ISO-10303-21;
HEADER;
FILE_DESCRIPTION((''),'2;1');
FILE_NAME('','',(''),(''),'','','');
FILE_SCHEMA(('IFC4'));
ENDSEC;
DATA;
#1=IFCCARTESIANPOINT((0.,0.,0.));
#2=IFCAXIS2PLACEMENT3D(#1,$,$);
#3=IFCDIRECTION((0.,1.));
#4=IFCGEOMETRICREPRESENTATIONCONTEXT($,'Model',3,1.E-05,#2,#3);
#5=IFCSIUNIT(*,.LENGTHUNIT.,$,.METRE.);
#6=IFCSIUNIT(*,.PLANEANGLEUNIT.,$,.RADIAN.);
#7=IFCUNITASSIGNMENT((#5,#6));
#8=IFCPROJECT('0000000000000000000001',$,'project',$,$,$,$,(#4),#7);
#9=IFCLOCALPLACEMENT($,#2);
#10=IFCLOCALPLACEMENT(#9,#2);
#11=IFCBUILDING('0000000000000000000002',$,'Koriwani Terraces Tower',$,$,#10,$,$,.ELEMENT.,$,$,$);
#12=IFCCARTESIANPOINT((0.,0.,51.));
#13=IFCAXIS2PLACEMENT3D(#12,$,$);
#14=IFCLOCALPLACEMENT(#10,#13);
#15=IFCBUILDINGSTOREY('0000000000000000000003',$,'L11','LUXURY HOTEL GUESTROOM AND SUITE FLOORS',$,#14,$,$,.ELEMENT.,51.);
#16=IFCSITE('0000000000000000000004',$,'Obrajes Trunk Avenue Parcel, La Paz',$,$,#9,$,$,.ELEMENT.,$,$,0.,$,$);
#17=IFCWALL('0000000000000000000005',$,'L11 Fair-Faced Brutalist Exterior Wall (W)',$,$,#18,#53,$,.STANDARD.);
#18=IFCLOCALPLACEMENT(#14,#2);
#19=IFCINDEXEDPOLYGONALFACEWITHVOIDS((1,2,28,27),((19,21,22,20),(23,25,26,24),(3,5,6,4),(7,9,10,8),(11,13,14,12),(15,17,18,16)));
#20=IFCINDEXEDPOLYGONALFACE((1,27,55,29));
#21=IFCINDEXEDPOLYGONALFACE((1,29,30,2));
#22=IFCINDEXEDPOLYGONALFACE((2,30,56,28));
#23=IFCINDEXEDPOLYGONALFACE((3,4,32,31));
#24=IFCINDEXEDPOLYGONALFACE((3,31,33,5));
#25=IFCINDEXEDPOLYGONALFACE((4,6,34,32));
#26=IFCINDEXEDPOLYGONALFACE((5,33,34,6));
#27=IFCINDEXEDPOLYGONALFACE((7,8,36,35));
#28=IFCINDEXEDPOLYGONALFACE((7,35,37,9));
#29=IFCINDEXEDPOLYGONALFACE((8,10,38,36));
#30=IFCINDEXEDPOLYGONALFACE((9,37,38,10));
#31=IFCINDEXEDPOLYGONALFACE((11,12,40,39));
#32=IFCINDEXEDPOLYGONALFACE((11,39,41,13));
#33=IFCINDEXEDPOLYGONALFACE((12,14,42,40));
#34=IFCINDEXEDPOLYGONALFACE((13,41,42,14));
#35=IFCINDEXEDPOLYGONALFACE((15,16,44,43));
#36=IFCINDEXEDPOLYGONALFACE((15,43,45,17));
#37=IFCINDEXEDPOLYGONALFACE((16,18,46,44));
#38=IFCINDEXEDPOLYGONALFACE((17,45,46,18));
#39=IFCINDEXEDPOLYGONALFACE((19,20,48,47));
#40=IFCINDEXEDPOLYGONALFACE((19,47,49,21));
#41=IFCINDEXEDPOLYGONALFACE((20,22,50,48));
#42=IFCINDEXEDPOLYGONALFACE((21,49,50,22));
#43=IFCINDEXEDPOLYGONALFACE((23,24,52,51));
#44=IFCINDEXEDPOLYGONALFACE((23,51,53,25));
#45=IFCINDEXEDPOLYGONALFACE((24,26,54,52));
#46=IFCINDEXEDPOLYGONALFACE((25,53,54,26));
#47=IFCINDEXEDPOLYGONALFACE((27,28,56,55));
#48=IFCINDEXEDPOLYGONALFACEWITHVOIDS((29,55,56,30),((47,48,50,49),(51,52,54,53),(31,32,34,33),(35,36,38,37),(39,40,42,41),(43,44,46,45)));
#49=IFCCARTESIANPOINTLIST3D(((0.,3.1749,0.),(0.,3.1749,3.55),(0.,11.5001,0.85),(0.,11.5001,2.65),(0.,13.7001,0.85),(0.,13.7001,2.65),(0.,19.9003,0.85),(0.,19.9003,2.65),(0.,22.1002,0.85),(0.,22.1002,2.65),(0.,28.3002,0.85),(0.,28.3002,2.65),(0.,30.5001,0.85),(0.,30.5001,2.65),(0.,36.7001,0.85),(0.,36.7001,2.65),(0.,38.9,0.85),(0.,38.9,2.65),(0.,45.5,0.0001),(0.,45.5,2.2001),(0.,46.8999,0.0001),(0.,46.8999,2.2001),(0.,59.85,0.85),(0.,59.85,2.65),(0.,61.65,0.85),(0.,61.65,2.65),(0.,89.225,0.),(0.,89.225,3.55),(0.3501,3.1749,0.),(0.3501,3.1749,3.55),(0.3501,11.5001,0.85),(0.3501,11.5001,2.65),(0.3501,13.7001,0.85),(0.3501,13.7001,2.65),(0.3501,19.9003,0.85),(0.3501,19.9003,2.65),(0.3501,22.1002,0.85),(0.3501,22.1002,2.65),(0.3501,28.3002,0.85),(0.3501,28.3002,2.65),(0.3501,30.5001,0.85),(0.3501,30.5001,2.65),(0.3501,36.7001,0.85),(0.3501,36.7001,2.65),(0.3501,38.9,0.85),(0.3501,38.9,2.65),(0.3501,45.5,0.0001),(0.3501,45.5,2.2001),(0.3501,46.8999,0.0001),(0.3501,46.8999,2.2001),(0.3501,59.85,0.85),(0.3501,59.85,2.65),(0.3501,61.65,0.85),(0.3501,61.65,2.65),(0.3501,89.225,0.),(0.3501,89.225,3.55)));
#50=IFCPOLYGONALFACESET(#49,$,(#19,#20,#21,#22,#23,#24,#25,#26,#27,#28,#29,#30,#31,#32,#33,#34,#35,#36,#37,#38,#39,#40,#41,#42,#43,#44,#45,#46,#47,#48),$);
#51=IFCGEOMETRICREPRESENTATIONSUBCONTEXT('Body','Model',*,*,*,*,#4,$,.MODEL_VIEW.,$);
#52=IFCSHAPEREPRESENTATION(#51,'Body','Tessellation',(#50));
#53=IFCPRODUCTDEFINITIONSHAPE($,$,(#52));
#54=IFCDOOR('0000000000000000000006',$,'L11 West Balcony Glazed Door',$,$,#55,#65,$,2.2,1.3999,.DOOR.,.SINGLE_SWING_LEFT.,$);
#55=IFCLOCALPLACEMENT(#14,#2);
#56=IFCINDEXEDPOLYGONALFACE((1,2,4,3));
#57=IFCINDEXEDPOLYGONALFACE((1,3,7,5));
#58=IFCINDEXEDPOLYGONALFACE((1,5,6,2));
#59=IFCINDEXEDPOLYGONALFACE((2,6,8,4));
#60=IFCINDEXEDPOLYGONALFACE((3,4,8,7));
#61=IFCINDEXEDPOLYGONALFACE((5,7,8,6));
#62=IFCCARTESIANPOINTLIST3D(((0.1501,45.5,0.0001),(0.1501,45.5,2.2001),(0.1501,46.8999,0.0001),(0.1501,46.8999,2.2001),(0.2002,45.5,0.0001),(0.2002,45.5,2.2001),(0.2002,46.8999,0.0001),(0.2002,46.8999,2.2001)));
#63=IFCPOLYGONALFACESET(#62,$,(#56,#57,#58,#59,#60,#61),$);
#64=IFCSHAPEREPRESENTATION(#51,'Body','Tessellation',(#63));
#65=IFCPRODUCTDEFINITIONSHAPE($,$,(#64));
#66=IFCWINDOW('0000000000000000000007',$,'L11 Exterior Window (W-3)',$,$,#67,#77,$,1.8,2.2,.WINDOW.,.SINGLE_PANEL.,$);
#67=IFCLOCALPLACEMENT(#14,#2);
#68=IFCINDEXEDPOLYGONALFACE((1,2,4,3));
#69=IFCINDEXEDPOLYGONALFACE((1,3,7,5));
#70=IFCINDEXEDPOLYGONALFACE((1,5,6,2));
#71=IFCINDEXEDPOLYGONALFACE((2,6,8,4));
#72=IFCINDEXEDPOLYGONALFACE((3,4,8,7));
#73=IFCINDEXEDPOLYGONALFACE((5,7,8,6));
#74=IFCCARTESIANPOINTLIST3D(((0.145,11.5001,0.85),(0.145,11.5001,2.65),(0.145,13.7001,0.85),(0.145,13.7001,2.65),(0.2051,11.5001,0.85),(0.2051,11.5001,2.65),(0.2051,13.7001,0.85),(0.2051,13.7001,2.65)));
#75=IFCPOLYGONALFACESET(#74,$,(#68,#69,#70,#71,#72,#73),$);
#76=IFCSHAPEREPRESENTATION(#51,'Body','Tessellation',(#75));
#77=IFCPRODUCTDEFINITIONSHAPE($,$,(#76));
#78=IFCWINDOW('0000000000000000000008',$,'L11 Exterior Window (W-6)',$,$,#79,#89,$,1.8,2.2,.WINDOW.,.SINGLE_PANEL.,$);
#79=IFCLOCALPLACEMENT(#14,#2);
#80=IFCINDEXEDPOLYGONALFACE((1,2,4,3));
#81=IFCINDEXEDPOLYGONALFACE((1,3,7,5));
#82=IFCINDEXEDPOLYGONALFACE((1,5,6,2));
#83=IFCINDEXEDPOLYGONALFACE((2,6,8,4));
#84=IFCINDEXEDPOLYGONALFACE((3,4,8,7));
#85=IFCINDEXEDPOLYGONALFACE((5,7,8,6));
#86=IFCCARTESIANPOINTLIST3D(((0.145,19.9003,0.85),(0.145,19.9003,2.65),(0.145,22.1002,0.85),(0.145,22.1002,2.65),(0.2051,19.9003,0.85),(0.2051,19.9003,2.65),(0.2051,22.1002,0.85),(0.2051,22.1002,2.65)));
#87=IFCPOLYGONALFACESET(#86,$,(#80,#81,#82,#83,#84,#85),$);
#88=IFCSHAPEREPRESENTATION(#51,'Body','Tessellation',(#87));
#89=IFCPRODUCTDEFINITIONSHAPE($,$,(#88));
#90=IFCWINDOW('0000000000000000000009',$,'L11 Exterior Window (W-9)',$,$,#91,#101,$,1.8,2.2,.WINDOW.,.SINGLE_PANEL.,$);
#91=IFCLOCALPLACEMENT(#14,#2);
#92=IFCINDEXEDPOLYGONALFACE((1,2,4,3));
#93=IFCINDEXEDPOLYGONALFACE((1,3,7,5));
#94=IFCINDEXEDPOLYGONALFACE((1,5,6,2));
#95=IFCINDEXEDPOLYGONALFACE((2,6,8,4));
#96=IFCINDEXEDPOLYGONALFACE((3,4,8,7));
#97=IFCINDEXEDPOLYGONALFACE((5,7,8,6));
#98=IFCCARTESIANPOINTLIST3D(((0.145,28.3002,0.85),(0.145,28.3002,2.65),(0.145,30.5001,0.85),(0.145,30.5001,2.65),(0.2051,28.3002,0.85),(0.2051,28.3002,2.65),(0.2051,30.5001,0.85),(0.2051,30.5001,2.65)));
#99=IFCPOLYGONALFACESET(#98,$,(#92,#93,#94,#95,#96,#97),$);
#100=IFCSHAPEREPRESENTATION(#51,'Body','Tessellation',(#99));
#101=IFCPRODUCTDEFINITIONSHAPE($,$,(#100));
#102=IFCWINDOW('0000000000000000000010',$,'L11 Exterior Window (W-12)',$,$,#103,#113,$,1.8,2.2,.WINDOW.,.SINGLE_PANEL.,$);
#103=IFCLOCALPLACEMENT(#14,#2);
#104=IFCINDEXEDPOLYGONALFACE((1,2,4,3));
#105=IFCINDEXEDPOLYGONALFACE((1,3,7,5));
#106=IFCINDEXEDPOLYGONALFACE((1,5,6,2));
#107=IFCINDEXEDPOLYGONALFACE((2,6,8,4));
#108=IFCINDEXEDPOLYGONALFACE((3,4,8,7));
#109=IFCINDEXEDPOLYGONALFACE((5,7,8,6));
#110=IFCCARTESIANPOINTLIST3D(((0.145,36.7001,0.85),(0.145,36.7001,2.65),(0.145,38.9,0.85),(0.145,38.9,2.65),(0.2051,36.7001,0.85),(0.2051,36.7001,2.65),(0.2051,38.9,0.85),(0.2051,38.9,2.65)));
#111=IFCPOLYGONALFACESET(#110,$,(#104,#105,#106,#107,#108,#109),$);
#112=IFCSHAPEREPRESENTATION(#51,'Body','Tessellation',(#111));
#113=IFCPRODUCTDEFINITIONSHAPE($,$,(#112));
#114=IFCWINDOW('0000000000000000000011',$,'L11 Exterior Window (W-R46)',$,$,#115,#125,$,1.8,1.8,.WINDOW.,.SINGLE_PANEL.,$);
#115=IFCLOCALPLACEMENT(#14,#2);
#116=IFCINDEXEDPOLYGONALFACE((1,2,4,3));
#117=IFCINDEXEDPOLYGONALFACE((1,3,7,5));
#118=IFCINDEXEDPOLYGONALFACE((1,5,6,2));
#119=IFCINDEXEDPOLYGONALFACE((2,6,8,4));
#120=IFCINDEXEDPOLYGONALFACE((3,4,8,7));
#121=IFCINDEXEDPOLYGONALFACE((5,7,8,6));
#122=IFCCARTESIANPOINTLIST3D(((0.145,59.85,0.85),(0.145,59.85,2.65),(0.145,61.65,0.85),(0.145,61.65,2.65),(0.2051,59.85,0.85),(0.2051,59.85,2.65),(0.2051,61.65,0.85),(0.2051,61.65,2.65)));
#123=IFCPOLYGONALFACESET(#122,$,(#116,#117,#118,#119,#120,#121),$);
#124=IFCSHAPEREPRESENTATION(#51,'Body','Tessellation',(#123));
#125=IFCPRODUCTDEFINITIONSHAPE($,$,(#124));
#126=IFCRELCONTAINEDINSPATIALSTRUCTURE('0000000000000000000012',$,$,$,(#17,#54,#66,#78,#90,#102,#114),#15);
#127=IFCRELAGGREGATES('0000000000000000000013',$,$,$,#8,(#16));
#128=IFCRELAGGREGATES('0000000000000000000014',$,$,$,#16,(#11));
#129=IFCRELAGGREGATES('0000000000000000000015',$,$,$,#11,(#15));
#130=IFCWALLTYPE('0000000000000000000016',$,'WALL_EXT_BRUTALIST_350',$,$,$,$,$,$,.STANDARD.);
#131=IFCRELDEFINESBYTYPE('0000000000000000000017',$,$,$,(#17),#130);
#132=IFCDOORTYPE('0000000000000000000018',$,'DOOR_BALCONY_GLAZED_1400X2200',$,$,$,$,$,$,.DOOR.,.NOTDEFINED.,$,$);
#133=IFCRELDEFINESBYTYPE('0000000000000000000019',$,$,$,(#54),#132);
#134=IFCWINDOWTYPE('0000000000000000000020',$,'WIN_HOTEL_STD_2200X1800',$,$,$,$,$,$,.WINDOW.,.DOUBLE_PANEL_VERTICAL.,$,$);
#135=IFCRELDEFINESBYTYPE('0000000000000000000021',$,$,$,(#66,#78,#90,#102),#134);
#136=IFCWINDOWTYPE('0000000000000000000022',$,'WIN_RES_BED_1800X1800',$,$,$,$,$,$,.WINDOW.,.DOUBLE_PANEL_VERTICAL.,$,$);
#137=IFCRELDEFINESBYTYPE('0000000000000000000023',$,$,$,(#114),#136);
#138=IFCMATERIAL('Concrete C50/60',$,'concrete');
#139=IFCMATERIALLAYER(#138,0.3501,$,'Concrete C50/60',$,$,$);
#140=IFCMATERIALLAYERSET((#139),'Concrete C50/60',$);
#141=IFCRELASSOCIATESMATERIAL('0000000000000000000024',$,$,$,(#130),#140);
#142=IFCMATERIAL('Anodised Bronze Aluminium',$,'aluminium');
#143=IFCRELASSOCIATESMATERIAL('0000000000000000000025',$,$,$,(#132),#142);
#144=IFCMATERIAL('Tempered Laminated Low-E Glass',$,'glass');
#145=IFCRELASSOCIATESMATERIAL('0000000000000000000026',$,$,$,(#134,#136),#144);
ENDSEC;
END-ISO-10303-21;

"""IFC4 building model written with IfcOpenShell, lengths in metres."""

from ifc_helpers import new_model, si_unit, direction, frame, frame_2d, origin, place, context, subcontext, project, spatial, rectangle, extrude, material, layer, layer_set, type_object, element, fill, save


model = new_model("IFC4")

# Units and contexts
model_context = context("Model", 3, precision=1e-05, world=origin(), true_north=direction((0.0, 1.0)))
body_context = subcontext(model_context, "Body", "Model", "MODEL_VIEW")
ifc_project = project(units=[si_unit("LENGTHUNIT", "METRE"), si_unit("PLANEANGLEUNIT", "RADIAN")], contexts=[model_context])

# Site, building, storey
site_placement = place(None, origin())
site = spatial("IfcSite", under=ifc_project, at=site_placement, Name="Obrajes Trunk Avenue Parcel, La Paz", CompositionType="ELEMENT", RefElevation=0.0)
building_placement = place(site_placement, origin())
building = spatial("IfcBuilding", under=site, at=building_placement, Name="Koriwani Terraces Tower", CompositionType="ELEMENT")
storey_placement = place(building_placement, frame((0.0, 0.0, 51.0)))
storey = spatial("IfcBuildingStorey", under=building, at=storey_placement, Name="L11", Description="LUXURY HOTEL GUESTROOM AND SUITE FLOORS", CompositionType="ELEMENT", Elevation=51.0)

# Shared definitions
ifc_material_1 = material(Name="Concrete C50/60", Category="concrete")

# Shared definitions
ifc_layer_1 = layer(ifc_material_1, 0.3501, Name="Concrete C50/60")
ifc_layer_set_1 = layer_set([ifc_layer_1], Name="Concrete C50/60")
wall_type = type_object("IfcWallType", Name="WALL_EXT_BRUTALIST_350", PredefinedType="STANDARD", material=ifc_layer_set_1)

# Wall, openings, door, windows
wall_1_placement = place(storey_placement, frame((0.175, 3.175, 0.0), z_axis=(0.0, 0.0, 1.0), x_axis=(0.0, 1.0, 0.0)))
wall_1 = element("IfcWall", 1, at=wall_1_placement, inside=storey, type_object=wall_type, Name="L11 Fair-Faced Brutalist Exterior Wall (W)", PredefinedType="STANDARD", context=body_context, shape_type="SweptSolid", body=[
    extrude(rectangle(XDim=86.05, YDim=0.3501, at=frame_2d((43.0249, 0.0))), origin(), (0.0, 0.0, 1.0), 3.55),
])
opening_1_placement = place(wall_1_placement, frame((42.325, 0.0, 0.0)))
opening_1 = element("IfcOpeningElement", 2, at=opening_1_placement, cuts=wall_1, PredefinedType="OPENING", context=body_context, shape_type="SweptSolid", body=[
    extrude(rectangle(XDim=1.3999, YDim=2.2, at=frame_2d((0.7, 1.1001))), frame((0.0, 0.1851, 0.0), z_axis=(0.0, -1.0, 0.0), x_axis=(1.0, 0.0, 0.0)), (0.0, 0.0, 1.0), 0.3701),
])
opening_2_placement = place(wall_1_placement, frame((8.325, 0.0, 0.8501)))
opening_2 = element("IfcOpeningElement", 3, at=opening_2_placement, cuts=wall_1, PredefinedType="OPENING", context=body_context, shape_type="SweptSolid", body=[
    extrude(rectangle(XDim=2.2, YDim=1.8, at=frame_2d((1.1001, 0.8999))), frame((0.0, 0.1851, 0.0), z_axis=(0.0, -1.0, 0.0), x_axis=(1.0, 0.0, 0.0)), (0.0, 0.0, 1.0), 0.3701),
])
opening_3_placement = place(wall_1_placement, frame((16.7251, 0.0, 0.8501)))
opening_3 = element("IfcOpeningElement", 4, at=opening_3_placement, cuts=wall_1, PredefinedType="OPENING", context=body_context, shape_type="SweptSolid", body=[
    extrude(rectangle(XDim=2.2, YDim=1.8, at=frame_2d((1.1001, 0.8999))), frame((0.0, 0.1851, 0.0), z_axis=(0.0, -1.0, 0.0), x_axis=(1.0, 0.0, 0.0)), (0.0, 0.0, 1.0), 0.3701),
])
opening_4_placement = place(wall_1_placement, frame((25.125, 0.0, 0.8501)))
opening_4 = element("IfcOpeningElement", 5, at=opening_4_placement, cuts=wall_1, PredefinedType="OPENING", context=body_context, shape_type="SweptSolid", body=[
    extrude(rectangle(XDim=2.2, YDim=1.8, at=frame_2d((1.1001, 0.8999))), frame((0.0, 0.1851, 0.0), z_axis=(0.0, -1.0, 0.0), x_axis=(1.0, 0.0, 0.0)), (0.0, 0.0, 1.0), 0.3701),
])
opening_5_placement = place(wall_1_placement, frame((33.5249, 0.0, 0.8501)))
opening_5 = element("IfcOpeningElement", 6, at=opening_5_placement, cuts=wall_1, PredefinedType="OPENING", context=body_context, shape_type="SweptSolid", body=[
    extrude(rectangle(XDim=2.2, YDim=1.8, at=frame_2d((1.1001, 0.8999))), frame((0.0, 0.1851, 0.0), z_axis=(0.0, -1.0, 0.0), x_axis=(1.0, 0.0, 0.0)), (0.0, 0.0, 1.0), 0.3701),
])
opening_6_placement = place(wall_1_placement, frame((56.675, 0.0, 0.8501)))
opening_6 = element("IfcOpeningElement", 7, at=opening_6_placement, cuts=wall_1, PredefinedType="OPENING", context=body_context, shape_type="SweptSolid", body=[
    extrude(rectangle(XDim=1.8, YDim=1.8, at=frame_2d((0.8999, 0.8999))), frame((0.0, 0.1851, 0.0), z_axis=(0.0, -1.0, 0.0), x_axis=(1.0, 0.0, 0.0)), (0.0, 0.0, 1.0), 0.3701),
])
ifc_material_2 = material(Name="Anodised Bronze Aluminium", Category="aluminium")
door_type = type_object("IfcDoorType", Name="DOOR_BALCONY_GLAZED_1400X2200", OperationType="NOTDEFINED", PredefinedType="DOOR", material=ifc_material_2)
door_placement = place(opening_1_placement, origin())
door = element("IfcDoor", 8, at=door_placement, inside=storey, type_object=door_type, Name="L11 West Balcony Glazed Door", OperationType="SINGLE_SWING_LEFT", OverallHeight=2.2, OverallWidth=1.3999, PredefinedType="DOOR", context=body_context, shape_type="SweptSolid", body=[
    extrude(rectangle(XDim=1.3999, YDim=2.2, at=frame_2d((0.7, 1.1001))), frame((0.0, 0.0249, 0.0), z_axis=(0.0, -1.0, 0.0), x_axis=(1.0, 0.0, 0.0)), (0.0, 0.0, 1.0), 0.05),
])
fill(opening_1, door)
ifc_material_3 = material(Name="Tempered Laminated Low-E Glass", Category="glass")
window_type_1 = type_object("IfcWindowType", Name="WIN_HOTEL_STD_2200X1800", PartitioningType="DOUBLE_PANEL_VERTICAL", PredefinedType="WINDOW", material=ifc_material_3)
window_1_placement = place(opening_2_placement, origin())
window_1 = element("IfcWindow", 9, at=window_1_placement, inside=storey, type_object=window_type_1, Name="L11 Exterior Window (W-3)", OverallHeight=1.8, OverallWidth=2.2, PartitioningType="SINGLE_PANEL", PredefinedType="WINDOW", context=body_context, shape_type="SweptSolid", body=[
    extrude(rectangle(XDim=2.2, YDim=1.8, at=frame_2d((1.1001, 0.8999))), frame((0.0, 0.03, 0.0), z_axis=(0.0, -1.0, 0.0), x_axis=(1.0, 0.0, 0.0)), (0.0, 0.0, 1.0), 0.0601),
])
fill(opening_2, window_1)
window_2_placement = place(opening_3_placement, origin())
window_2 = element("IfcWindow", 10, at=window_2_placement, inside=storey, type_object=window_type_1, Name="L11 Exterior Window (W-6)", OverallHeight=1.8, OverallWidth=2.2, PartitioningType="SINGLE_PANEL", PredefinedType="WINDOW", context=body_context, shape_type="SweptSolid", body=[
    extrude(rectangle(XDim=2.2, YDim=1.8, at=frame_2d((1.1001, 0.8999))), frame((0.0, 0.03, 0.0), z_axis=(0.0, -1.0, 0.0), x_axis=(1.0, 0.0, 0.0)), (0.0, 0.0, 1.0), 0.0601),
])
fill(opening_3, window_2)
window_3_placement = place(opening_4_placement, origin())
window_3 = element("IfcWindow", 11, at=window_3_placement, inside=storey, type_object=window_type_1, Name="L11 Exterior Window (W-9)", OverallHeight=1.8, OverallWidth=2.2, PartitioningType="SINGLE_PANEL", PredefinedType="WINDOW", context=body_context, shape_type="SweptSolid", body=[
    extrude(rectangle(XDim=2.2, YDim=1.8, at=frame_2d((1.1001, 0.8999))), frame((0.0, 0.03, 0.0), z_axis=(0.0, -1.0, 0.0), x_axis=(1.0, 0.0, 0.0)), (0.0, 0.0, 1.0), 0.0601),
])
fill(opening_4, window_3)
window_4_placement = place(opening_5_placement, origin())
window_4 = element("IfcWindow", 12, at=window_4_placement, inside=storey, type_object=window_type_1, Name="L11 Exterior Window (W-12)", OverallHeight=1.8, OverallWidth=2.2, PartitioningType="SINGLE_PANEL", PredefinedType="WINDOW", context=body_context, shape_type="SweptSolid", body=[
    extrude(rectangle(XDim=2.2, YDim=1.8, at=frame_2d((1.1001, 0.8999))), frame((0.0, 0.03, 0.0), z_axis=(0.0, -1.0, 0.0), x_axis=(1.0, 0.0, 0.0)), (0.0, 0.0, 1.0), 0.0601),
])
fill(opening_5, window_4)
window_type_2 = type_object("IfcWindowType", Name="WIN_RES_BED_1800X1800", PartitioningType="DOUBLE_PANEL_VERTICAL", PredefinedType="WINDOW", material=ifc_material_3)
window_5_placement = place(opening_6_placement, origin())
window_5 = element("IfcWindow", 13, at=window_5_placement, inside=storey, type_object=window_type_2, Name="L11 Exterior Window (W-R46)", OverallHeight=1.8, OverallWidth=1.8, PartitioningType="SINGLE_PANEL", PredefinedType="WINDOW", context=body_context, shape_type="SweptSolid", body=[
    extrude(rectangle(XDim=1.8, YDim=1.8, at=frame_2d((0.8999, 0.8999))), frame((0.0, 0.03, 0.0), z_axis=(0.0, -1.0, 0.0), x_axis=(1.0, 0.0, 0.0)), (0.0, 0.0, 1.0), 0.0601),
])
fill(opening_6, window_5)

save(model, "model.ifc")
